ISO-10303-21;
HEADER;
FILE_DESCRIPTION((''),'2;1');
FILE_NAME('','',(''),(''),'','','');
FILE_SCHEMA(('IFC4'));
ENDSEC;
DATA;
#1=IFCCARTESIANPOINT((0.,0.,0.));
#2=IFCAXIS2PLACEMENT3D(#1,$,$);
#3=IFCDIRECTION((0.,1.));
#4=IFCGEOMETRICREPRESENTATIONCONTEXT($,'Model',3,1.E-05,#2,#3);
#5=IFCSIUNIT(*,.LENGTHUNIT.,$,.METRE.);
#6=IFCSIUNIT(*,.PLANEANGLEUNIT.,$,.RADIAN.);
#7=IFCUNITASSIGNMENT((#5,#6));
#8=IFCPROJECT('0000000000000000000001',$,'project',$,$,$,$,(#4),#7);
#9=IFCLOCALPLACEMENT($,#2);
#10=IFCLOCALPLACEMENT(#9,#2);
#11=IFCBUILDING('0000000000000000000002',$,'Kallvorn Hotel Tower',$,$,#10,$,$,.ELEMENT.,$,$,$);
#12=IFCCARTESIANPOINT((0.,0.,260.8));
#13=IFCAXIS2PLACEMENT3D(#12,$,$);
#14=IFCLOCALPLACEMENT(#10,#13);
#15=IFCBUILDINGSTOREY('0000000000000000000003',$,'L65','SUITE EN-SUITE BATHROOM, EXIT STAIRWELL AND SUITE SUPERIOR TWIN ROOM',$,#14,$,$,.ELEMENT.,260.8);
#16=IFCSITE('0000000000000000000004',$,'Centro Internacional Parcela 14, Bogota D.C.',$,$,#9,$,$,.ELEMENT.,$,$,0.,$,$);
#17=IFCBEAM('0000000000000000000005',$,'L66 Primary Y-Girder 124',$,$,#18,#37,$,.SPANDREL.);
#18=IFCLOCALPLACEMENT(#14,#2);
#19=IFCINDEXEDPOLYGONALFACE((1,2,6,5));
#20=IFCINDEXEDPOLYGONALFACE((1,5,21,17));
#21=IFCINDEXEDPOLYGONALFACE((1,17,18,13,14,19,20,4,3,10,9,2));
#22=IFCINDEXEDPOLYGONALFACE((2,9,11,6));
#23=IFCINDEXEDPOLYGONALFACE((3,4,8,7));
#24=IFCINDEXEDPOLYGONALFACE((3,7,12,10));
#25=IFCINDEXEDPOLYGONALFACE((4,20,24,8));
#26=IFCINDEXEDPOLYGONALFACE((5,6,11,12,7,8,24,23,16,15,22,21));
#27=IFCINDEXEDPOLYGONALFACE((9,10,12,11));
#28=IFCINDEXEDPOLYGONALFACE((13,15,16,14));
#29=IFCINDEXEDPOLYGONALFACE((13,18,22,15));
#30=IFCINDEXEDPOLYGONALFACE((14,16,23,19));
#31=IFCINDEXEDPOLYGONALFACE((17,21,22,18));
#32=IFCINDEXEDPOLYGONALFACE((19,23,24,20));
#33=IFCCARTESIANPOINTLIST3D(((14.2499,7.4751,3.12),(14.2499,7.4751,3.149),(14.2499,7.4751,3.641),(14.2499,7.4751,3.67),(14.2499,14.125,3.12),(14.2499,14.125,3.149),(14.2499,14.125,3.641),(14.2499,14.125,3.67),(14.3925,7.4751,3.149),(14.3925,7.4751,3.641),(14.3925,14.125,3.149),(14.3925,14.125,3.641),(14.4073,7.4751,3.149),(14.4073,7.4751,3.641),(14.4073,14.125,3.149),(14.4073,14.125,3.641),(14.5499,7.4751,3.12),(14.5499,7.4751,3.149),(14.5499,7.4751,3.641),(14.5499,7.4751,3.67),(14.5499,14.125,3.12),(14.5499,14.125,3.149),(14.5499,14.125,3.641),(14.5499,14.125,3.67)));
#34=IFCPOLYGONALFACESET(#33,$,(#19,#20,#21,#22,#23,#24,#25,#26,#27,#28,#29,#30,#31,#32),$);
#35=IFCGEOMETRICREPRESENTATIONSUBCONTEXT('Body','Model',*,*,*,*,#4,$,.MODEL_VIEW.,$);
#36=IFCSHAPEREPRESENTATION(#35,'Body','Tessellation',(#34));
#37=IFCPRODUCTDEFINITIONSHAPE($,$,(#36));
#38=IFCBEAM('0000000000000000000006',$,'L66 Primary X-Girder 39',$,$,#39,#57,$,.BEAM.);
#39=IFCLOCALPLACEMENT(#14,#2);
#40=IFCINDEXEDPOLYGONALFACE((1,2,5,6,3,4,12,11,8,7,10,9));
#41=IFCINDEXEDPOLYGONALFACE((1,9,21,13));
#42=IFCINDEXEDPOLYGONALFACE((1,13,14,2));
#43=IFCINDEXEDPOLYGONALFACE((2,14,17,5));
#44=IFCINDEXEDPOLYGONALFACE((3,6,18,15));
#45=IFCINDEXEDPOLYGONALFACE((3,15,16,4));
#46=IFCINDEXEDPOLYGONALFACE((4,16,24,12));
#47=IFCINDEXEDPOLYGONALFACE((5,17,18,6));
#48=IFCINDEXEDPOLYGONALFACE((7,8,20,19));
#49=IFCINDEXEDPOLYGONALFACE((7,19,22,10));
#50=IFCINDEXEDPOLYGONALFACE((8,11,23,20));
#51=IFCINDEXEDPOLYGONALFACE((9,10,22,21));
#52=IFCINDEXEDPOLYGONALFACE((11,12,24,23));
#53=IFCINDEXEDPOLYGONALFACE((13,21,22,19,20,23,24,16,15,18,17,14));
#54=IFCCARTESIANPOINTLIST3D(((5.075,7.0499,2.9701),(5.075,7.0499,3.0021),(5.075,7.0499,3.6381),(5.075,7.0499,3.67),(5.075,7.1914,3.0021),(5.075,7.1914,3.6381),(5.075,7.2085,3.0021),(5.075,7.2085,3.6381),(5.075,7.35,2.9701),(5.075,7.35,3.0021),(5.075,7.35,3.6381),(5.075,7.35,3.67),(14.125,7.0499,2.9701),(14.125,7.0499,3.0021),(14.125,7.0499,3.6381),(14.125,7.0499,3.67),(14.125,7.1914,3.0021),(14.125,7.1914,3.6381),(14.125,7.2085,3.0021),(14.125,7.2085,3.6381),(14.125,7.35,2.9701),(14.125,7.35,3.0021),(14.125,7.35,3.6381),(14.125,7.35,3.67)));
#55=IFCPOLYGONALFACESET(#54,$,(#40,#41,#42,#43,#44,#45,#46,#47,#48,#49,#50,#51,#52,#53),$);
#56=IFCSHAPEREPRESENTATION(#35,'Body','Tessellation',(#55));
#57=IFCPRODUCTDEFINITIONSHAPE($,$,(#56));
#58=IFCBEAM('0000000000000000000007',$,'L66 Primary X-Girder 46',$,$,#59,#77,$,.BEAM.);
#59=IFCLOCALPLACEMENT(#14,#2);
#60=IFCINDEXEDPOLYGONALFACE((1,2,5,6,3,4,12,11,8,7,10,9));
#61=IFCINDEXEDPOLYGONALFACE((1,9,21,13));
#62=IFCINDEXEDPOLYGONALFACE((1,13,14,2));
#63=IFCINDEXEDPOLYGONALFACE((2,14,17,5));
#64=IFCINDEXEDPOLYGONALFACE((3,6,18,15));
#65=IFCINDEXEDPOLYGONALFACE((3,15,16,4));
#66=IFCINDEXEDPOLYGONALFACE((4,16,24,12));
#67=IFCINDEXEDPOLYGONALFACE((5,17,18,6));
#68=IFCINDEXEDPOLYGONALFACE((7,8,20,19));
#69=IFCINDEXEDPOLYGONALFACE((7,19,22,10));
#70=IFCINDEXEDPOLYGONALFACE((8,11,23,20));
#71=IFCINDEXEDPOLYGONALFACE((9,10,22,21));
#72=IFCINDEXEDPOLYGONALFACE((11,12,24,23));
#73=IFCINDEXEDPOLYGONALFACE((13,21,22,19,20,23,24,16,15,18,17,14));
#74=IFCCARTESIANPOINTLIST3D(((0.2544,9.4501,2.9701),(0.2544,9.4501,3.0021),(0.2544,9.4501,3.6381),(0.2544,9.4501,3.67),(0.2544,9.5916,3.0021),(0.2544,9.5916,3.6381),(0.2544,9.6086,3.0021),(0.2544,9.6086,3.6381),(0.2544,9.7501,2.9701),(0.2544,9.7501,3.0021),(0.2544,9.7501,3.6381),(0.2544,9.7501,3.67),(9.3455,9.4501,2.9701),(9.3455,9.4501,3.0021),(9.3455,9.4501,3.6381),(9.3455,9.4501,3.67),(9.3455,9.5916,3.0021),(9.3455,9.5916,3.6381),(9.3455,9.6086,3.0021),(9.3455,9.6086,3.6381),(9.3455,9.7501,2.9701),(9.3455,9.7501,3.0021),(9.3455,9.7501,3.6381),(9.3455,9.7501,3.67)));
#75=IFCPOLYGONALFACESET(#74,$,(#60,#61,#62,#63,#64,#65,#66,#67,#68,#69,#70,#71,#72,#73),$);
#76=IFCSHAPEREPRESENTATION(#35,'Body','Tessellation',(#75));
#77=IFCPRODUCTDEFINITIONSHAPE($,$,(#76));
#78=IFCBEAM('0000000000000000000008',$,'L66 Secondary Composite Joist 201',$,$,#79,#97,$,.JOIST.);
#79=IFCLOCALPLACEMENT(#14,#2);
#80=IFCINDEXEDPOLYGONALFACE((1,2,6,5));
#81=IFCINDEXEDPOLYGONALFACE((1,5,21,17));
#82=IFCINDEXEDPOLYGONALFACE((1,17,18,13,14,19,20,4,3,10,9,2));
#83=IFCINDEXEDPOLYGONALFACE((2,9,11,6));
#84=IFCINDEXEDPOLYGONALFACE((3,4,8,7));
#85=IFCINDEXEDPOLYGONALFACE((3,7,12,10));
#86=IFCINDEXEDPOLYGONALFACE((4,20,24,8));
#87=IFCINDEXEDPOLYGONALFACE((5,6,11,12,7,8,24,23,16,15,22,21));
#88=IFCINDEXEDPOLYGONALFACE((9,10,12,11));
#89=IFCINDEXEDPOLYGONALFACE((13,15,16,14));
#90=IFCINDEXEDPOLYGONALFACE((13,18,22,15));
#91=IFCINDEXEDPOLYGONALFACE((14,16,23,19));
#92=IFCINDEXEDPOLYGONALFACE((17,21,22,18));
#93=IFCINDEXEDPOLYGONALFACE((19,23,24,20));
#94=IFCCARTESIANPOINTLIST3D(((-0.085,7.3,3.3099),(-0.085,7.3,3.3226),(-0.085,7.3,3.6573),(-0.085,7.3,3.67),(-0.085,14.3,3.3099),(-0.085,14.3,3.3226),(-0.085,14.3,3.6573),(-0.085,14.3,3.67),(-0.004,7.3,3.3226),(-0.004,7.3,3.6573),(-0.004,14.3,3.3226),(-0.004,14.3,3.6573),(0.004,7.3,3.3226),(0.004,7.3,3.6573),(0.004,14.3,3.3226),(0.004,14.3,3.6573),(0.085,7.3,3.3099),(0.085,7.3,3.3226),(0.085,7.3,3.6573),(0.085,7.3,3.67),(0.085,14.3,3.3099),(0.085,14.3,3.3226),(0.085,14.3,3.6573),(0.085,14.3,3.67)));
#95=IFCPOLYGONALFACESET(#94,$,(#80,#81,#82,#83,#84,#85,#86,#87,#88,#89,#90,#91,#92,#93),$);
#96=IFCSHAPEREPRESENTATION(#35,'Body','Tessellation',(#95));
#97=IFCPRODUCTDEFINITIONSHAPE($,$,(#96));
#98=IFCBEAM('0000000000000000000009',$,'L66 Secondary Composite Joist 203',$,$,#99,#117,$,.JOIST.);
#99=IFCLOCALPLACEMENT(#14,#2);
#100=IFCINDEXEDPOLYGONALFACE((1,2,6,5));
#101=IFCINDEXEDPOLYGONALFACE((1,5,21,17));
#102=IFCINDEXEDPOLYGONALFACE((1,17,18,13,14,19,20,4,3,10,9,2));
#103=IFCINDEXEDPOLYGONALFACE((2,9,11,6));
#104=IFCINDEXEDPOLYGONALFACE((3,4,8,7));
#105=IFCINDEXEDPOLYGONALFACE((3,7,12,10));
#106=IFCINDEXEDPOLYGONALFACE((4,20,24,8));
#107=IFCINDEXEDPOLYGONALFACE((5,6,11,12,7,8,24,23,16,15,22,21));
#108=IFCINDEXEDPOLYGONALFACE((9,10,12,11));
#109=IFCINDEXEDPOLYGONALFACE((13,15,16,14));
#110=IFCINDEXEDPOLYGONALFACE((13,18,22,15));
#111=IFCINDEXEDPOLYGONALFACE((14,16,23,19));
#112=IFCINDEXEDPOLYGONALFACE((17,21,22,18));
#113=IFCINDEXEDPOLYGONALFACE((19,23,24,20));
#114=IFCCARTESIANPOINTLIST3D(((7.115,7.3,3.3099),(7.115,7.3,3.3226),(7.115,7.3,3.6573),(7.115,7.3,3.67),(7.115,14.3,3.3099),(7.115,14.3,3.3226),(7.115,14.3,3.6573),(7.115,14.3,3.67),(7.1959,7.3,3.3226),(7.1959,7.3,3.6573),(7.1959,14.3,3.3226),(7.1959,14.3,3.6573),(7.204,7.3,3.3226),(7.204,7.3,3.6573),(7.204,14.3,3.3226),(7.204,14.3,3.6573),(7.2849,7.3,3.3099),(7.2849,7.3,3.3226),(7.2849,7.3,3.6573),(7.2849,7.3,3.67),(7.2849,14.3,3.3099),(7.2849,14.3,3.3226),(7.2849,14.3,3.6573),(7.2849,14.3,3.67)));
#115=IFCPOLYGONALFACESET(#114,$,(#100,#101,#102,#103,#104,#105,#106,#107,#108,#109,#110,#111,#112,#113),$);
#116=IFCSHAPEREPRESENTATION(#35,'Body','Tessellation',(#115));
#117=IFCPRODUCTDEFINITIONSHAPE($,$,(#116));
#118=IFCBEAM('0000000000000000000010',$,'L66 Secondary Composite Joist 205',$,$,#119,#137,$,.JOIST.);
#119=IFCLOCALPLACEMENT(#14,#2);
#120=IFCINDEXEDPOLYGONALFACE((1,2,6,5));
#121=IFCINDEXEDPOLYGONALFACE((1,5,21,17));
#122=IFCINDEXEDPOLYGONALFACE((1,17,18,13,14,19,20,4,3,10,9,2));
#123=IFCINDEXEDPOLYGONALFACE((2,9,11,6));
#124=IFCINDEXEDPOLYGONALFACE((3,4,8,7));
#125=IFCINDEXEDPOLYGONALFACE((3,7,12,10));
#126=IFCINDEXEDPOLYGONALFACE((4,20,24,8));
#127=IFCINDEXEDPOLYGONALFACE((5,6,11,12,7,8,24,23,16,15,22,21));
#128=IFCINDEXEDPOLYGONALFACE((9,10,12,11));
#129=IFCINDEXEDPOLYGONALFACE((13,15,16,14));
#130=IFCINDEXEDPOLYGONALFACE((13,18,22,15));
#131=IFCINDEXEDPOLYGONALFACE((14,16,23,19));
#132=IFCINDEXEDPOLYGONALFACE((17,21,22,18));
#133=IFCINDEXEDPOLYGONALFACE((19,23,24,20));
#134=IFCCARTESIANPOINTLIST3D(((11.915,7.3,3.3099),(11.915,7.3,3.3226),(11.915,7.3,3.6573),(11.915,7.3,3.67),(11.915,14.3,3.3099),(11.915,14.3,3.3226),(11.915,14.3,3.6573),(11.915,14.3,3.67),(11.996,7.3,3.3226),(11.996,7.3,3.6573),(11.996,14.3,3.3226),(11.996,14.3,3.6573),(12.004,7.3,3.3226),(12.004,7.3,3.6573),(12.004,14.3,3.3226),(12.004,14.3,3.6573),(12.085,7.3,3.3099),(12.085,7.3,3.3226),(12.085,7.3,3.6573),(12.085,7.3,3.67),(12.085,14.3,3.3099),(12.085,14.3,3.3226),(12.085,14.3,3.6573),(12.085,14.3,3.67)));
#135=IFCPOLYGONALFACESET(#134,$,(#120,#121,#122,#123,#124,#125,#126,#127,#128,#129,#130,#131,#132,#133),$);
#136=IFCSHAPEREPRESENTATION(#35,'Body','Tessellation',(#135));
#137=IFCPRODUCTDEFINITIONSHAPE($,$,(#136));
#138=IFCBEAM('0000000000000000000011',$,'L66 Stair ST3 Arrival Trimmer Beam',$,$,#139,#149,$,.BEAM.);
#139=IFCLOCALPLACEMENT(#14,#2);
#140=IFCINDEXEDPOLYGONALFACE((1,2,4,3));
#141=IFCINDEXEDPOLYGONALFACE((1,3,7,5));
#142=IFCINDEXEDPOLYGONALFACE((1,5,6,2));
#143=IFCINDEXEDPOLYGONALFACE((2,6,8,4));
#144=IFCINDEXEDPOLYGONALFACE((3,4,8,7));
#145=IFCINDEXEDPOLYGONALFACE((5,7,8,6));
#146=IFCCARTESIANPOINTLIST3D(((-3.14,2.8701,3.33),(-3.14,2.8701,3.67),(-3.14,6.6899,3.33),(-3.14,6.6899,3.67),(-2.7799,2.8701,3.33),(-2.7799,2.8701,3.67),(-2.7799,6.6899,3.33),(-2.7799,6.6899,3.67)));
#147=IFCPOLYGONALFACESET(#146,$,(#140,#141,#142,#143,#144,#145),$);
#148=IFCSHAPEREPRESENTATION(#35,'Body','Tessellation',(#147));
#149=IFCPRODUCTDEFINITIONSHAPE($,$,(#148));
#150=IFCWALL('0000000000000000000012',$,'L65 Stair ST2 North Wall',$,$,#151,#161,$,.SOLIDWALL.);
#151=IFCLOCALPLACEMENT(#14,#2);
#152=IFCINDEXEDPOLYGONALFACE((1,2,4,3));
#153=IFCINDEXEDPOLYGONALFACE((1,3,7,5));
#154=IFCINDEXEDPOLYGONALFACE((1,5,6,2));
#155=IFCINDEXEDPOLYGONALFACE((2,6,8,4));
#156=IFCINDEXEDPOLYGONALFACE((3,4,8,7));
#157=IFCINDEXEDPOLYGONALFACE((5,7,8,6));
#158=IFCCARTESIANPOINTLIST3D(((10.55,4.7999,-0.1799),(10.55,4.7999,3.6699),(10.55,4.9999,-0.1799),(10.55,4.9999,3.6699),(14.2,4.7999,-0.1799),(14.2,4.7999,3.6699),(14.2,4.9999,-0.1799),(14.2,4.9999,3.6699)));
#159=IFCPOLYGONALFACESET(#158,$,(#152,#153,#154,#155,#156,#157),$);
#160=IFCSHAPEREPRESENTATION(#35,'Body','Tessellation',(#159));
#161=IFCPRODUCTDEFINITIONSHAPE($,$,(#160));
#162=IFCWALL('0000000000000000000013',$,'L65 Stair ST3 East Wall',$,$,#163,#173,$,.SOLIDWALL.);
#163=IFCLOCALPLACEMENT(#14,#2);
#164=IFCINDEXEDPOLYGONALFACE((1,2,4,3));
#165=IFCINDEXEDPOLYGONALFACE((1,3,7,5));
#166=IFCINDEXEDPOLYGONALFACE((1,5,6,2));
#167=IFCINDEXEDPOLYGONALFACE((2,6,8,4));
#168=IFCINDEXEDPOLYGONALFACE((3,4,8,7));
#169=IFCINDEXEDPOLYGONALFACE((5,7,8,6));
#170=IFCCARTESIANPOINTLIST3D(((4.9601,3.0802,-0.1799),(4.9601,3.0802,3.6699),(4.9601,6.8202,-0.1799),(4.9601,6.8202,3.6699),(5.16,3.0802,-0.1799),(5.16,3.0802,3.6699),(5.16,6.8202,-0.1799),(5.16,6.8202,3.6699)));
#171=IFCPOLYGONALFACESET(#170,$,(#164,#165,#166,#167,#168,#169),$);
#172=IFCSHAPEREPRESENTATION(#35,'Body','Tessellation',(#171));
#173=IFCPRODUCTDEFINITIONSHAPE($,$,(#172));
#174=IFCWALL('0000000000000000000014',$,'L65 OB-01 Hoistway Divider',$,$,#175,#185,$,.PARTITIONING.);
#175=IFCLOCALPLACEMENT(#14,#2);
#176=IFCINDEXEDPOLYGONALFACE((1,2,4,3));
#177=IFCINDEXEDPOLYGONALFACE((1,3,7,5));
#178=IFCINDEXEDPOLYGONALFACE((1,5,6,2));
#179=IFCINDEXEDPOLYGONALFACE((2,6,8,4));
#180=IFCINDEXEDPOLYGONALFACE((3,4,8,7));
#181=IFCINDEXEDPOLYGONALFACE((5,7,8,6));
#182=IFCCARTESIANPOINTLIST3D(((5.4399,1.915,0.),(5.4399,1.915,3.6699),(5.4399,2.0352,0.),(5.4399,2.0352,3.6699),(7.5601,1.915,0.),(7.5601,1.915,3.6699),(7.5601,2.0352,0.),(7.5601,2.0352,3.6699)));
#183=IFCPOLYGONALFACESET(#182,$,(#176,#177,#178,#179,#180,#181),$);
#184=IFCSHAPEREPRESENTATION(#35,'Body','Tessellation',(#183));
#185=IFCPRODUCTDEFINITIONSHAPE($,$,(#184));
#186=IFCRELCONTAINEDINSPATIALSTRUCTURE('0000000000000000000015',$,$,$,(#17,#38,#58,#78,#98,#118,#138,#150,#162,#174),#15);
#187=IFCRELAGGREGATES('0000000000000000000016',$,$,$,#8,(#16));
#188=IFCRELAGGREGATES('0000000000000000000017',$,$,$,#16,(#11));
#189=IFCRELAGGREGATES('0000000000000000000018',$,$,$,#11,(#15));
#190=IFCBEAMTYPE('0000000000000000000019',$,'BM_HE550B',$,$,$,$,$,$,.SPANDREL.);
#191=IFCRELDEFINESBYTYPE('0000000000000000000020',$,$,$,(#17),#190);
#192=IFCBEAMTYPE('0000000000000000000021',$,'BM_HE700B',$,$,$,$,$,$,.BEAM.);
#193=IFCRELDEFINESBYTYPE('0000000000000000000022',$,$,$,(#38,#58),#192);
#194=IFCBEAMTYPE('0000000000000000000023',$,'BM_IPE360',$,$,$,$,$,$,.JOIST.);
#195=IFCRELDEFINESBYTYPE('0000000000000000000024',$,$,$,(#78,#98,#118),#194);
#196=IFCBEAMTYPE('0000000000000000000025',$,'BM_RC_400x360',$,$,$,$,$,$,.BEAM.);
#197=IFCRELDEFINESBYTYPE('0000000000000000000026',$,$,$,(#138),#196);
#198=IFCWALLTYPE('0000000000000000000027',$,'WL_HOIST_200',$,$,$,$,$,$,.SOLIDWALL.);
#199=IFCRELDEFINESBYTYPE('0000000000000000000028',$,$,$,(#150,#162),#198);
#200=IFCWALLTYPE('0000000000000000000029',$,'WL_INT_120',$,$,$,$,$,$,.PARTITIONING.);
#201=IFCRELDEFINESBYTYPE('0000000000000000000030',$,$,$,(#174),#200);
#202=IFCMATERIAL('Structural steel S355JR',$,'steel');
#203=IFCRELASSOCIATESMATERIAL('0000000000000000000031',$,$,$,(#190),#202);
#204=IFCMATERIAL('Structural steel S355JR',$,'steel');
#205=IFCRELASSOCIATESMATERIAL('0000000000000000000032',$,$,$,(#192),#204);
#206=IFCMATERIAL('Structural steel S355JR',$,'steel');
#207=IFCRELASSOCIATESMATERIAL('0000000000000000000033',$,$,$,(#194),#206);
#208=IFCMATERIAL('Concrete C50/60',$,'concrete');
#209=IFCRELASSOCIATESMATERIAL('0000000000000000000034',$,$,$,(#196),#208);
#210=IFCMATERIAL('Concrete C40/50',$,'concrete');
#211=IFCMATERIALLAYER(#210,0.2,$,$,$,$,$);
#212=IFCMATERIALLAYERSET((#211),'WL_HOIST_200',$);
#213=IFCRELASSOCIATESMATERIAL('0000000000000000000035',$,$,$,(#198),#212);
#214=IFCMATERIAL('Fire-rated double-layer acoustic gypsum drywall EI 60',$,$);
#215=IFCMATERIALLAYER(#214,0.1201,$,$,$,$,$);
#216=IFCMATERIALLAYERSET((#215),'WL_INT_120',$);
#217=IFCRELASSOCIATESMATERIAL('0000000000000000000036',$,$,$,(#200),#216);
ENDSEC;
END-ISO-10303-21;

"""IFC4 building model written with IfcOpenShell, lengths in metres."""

from ifc_helpers import new_model, si_unit, direction, frame, frame_2d, origin, origin_2d, place, context, subcontext, project, spatial, rectangle, i_section, extrude, material, layer, layer_set, material_profile, profile_set, type_object, element, save


model = new_model("IFC4")

# Units and contexts
model_context = context("Model", 3, precision=1e-05, world=origin(), true_north=direction((0.0, 1.0)))
body_context = subcontext(model_context, "Body", "Model", "MODEL_VIEW")
ifc_project = project(units=[si_unit("LENGTHUNIT", "METRE"), si_unit("PLANEANGLEUNIT", "RADIAN")], contexts=[model_context])

# Site, building, storey
site_placement = place(None, origin())
site = spatial("IfcSite", under=ifc_project, at=site_placement, Name="Centro Internacional Parcela 14, Bogota D.C.", CompositionType="ELEMENT", RefElevation=0.0)
building_placement = place(site_placement, origin())
building = spatial("IfcBuilding", under=site, at=building_placement, Name="Kallvorn Hotel Tower", CompositionType="ELEMENT")
storey_placement = place(building_placement, frame((0.0, 0.0, 260.8)))
storey = spatial("IfcBuildingStorey", under=building, at=storey_placement, Name="L65", Description="SUITE EN-SUITE BATHROOM, EXIT STAIRWELL AND SUITE SUPERIOR TWIN ROOM", CompositionType="ELEMENT", Elevation=260.8)

# Beams
ifc_material_1 = material(Name="Structural steel S355JR", Category="steel")
ifc_material_profile_1 = material_profile(ifc_material_1, i_section(OverallWidth=0.3, OverallDepth=0.55, WebThickness=0.0149, FlangeThickness=0.0291, at=origin_2d()), Name="HE 550 B")
ifc_profile_set_1 = profile_set([ifc_material_profile_1], Name="Structural steel S355JR")
beam_type_1 = type_object("IfcBeamType", Name="BM_HE550B", PredefinedType="SPANDREL", material=ifc_profile_set_1)
for number, where, z_axis, x_axis, name in (
    (1, (14.3999, 7.4751, 3.395), (0.0, 1.0, 0.0), (-1.0, 0.0, 0.0), "L66 Primary Y-Girder 124"),
):
    element("IfcBeam", number, at=place(storey_placement, frame(where, z_axis=z_axis, x_axis=x_axis)), inside=storey, type_object=beam_type_1, Name=name, PredefinedType="SPANDREL", context=body_context, shape_type="SweptSolid", body=[
        extrude(i_section(OverallWidth=0.3, OverallDepth=0.55, WebThickness=0.0149, FlangeThickness=0.0291, at=origin_2d()), origin(), (0.0, 0.0, 1.0), 6.6499),
    ])
ifc_material_2 = material(Name="Structural steel S355JR", Category="steel")
ifc_material_profile_2 = material_profile(ifc_material_2, i_section(OverallWidth=0.3, OverallDepth=0.7, WebThickness=0.0171, FlangeThickness=0.032, at=origin_2d()), Name="HE 700 B")
ifc_profile_set_2 = profile_set([ifc_material_profile_2], Name="Structural steel S355JR")
beam_type_2 = type_object("IfcBeamType", Name="BM_HE700B", PredefinedType="BEAM", material=ifc_profile_set_2)
beam_1_placement = place(storey_placement, frame((5.075, 7.2, 3.3201), z_axis=(1.0, 0.0, 0.0), x_axis=(0.0, 1.0, 0.0)))
element("IfcBeam", 2, at=beam_1_placement, inside=storey, type_object=beam_type_2, Name="L66 Primary X-Girder 39", PredefinedType="BEAM", context=body_context, shape_type="SweptSolid", body=[
    extrude(i_section(OverallWidth=0.3, OverallDepth=0.7, WebThickness=0.0171, FlangeThickness=0.032, at=origin_2d()), origin(), (0.0, 0.0, 1.0), 9.05),
])
beam_2_placement = place(storey_placement, frame((0.2544, 9.6001, 3.3201), z_axis=(1.0, 0.0, 0.0), x_axis=(0.0, 1.0, 0.0)))
element("IfcBeam", 3, at=beam_2_placement, inside=storey, type_object=beam_type_2, Name="L66 Primary X-Girder 46", PredefinedType="BEAM", context=body_context, shape_type="SweptSolid", body=[
    extrude(i_section(OverallWidth=0.3, OverallDepth=0.7, WebThickness=0.0171, FlangeThickness=0.032, at=origin_2d()), origin(), (0.0, 0.0, 1.0), 9.0911),
])
ifc_material_3 = material(Name="Structural steel S355JR", Category="steel")
ifc_material_profile_3 = material_profile(ifc_material_3, i_section(OverallWidth=0.1699, OverallDepth=0.3601, WebThickness=0.0081, FlangeThickness=0.0127, at=origin_2d()), Name="IPE 360")
ifc_profile_set_3 = profile_set([ifc_material_profile_3], Name="Structural steel S355JR")
beam_type_3 = type_object("IfcBeamType", Name="BM_IPE360", PredefinedType="JOIST", material=ifc_profile_set_3)
for number, where, z_axis, x_axis, name in (
    (4, (0.0, 7.3, 3.49), (0.0, 1.0, 0.0), (-1.0, 0.0, 0.0), "L66 Secondary Composite Joist 201"),
    (5, (7.2, 7.3, 3.49), (0.0, 1.0, 0.0), (-1.0, 0.0, 0.0), "L66 Secondary Composite Joist 203"),
    (6, (12.0, 7.3, 3.49), (0.0, 1.0, 0.0), (-1.0, 0.0, 0.0), "L66 Secondary Composite Joist 205"),
):
    element("IfcBeam", number, at=place(storey_placement, frame(where, z_axis=z_axis, x_axis=x_axis)), inside=storey, type_object=beam_type_3, Name=name, PredefinedType="JOIST", context=body_context, shape_type="SweptSolid", body=[
        extrude(i_section(OverallWidth=0.1699, OverallDepth=0.3601, WebThickness=0.0081, FlangeThickness=0.0127, at=origin_2d()), origin(), (0.0, 0.0, 1.0), 7.0),
    ])
ifc_material_4 = material(Name="Concrete C50/60", Category="concrete")
ifc_material_profile_4 = material_profile(ifc_material_4, rectangle(XDim=0.3601, YDim=0.3401, at=origin_2d()), Name="RC 360x340")
ifc_profile_set_4 = profile_set([ifc_material_profile_4], Name="Concrete C50/60")
beam_type_4 = type_object("IfcBeamType", Name="BM_RC_400x360", PredefinedType="BEAM", material=ifc_profile_set_4)
beam_3_placement = place(storey_placement, frame((-2.96, 2.8701, 3.5), z_axis=(0.0, 1.0, 0.0), x_axis=(-1.0, 0.0, 0.0)))
element("IfcBeam", 7, at=beam_3_placement, inside=storey, type_object=beam_type_4, Name="L66 Stair ST3 Arrival Trimmer Beam", PredefinedType="BEAM", context=body_context, shape_type="SweptSolid", body=[
    extrude(rectangle(XDim=0.3601, YDim=0.3401, at=origin_2d()), origin(), (0.0, 0.0, 1.0), 3.8198),
])

# Walls
ifc_material_5 = material(Name="Concrete C40/50", Category="concrete")
ifc_layer_1 = layer(ifc_material_5, 0.2)
ifc_layer_set_1 = layer_set([ifc_layer_1], Name="WL_HOIST_200")
wall_type_1 = type_object("IfcWallType", Name="WL_HOIST_200", PredefinedType="SOLIDWALL", material=ifc_layer_set_1)
wall_1_placement = place(storey_placement, frame((10.55, 4.8999, -0.1799), z_axis=(0.0, 0.0, 1.0), x_axis=(1.0, 0.0, 0.0)))
element("IfcWall", 8, at=wall_1_placement, inside=storey, type_object=wall_type_1, Name="L65 Stair ST2 North Wall", PredefinedType="SOLIDWALL", context=body_context, shape_type="SweptSolid", body=[
    extrude(rectangle(XDim=3.6499, YDim=0.2, at=frame_2d((1.825, 0.0))), origin(), (0.0, 0.0, 1.0), 3.8499),
])
wall_2_placement = place(storey_placement, frame((5.0601, 3.0801, -0.1799), z_axis=(0.0, 0.0, 1.0), x_axis=(0.0, 1.0, 0.0)))
element("IfcWall", 9, at=wall_2_placement, inside=storey, type_object=wall_type_1, Name="L65 Stair ST3 East Wall", PredefinedType="SOLIDWALL", context=body_context, shape_type="SweptSolid", body=[
    extrude(rectangle(XDim=3.74, YDim=0.2, at=frame_2d((1.8701, 0.0))), origin(), (0.0, 0.0, 1.0), 3.8499),
])
ifc_material_6 = material(Name="Fire-rated double-layer acoustic gypsum drywall EI 60")
ifc_layer_2 = layer(ifc_material_6, 0.1201)
ifc_layer_set_2 = layer_set([ifc_layer_2], Name="WL_INT_120")
wall_type_2 = type_object("IfcWallType", Name="WL_INT_120", PredefinedType="PARTITIONING", material=ifc_layer_set_2)
for number, where, z_axis, x_axis, name in (
    (10, (5.4399, 1.9751, 0.0), (0.0, 0.0, 1.0), (1.0, 0.0, 0.0), "L65 OB-01 Hoistway Divider"),
):
    element("IfcWall", number, at=place(storey_placement, frame(where, z_axis=z_axis, x_axis=x_axis)), inside=storey, type_object=wall_type_2, Name=name, PredefinedType="PARTITIONING", context=body_context, shape_type="SweptSolid", body=[
        extrude(rectangle(XDim=2.1201, YDim=0.1201, at=frame_2d((1.0601, 0.0))), origin(), (0.0, 0.0, 1.0), 3.6699),
    ])

save(model, "model.ifc")
